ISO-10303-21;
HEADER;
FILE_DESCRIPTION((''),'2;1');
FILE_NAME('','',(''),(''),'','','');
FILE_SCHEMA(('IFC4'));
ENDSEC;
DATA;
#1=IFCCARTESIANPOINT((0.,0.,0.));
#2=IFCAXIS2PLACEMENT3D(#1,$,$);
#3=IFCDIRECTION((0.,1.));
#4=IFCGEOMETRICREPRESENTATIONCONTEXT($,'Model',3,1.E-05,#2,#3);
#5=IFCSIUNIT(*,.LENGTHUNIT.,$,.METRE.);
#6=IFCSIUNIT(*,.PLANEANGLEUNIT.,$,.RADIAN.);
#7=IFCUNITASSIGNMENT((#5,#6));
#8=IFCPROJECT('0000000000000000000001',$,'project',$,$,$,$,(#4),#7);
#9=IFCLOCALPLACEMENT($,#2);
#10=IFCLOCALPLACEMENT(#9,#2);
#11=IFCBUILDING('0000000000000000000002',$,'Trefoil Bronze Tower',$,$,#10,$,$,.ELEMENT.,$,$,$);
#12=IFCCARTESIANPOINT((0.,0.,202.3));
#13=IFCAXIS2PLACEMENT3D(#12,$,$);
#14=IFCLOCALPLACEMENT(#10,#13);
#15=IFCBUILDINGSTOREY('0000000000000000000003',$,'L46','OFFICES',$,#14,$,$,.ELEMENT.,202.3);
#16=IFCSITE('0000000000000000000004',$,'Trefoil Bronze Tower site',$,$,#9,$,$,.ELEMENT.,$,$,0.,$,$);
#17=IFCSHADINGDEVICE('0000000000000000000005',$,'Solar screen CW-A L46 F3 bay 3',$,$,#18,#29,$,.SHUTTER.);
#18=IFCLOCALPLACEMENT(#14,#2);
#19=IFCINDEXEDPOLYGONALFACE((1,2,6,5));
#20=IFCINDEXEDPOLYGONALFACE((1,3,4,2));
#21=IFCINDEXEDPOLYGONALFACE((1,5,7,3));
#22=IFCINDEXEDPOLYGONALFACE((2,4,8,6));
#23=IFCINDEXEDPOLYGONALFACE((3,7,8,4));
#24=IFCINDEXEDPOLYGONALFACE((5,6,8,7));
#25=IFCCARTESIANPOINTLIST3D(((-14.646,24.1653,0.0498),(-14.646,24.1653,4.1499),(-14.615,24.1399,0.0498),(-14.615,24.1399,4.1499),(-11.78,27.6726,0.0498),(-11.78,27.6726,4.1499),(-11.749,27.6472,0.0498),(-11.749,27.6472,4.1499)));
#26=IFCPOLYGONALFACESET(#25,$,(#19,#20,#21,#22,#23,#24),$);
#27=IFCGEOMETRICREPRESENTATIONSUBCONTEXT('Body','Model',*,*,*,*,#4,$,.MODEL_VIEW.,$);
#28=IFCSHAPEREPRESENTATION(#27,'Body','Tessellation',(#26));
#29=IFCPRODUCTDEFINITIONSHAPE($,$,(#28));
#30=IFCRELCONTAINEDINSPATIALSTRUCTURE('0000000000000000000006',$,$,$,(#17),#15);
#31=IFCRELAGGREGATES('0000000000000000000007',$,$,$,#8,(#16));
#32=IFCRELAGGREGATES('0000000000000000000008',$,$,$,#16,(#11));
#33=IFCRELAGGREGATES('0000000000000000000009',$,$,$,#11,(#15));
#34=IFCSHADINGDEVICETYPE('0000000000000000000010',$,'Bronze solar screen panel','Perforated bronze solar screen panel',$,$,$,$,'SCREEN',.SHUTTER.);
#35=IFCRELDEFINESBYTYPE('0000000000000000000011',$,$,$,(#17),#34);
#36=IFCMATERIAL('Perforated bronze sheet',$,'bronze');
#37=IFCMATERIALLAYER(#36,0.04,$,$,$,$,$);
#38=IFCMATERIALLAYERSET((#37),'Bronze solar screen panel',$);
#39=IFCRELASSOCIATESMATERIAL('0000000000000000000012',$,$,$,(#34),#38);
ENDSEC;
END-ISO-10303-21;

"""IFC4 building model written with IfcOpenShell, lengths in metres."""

from ifc_helpers import new_model, si_unit, direction, frame, origin, origin_2d, place, context, subcontext, project, spatial, rectangle, extrude, material, layer, layer_set, type_object, element, save


model = new_model("IFC4")

# Units and contexts
model_context = context("Model", 3, precision=1e-05, world=origin(), true_north=direction((0.0, 1.0)))
body_context = subcontext(model_context, "Body", "Model", "MODEL_VIEW")
ifc_project = project(units=[si_unit("LENGTHUNIT", "METRE"), si_unit("PLANEANGLEUNIT", "RADIAN")], contexts=[model_context])

# Site, building, storey
site_placement = place(None, origin())
site = spatial("IfcSite", under=ifc_project, at=site_placement, Name="Trefoil Bronze Tower site", CompositionType="ELEMENT", RefElevation=0.0)
building_placement = place(site_placement, origin())
building = spatial("IfcBuilding", under=site, at=building_placement, Name="Trefoil Bronze Tower", CompositionType="ELEMENT")
storey_placement = place(building_placement, frame((0.0, 0.0, 202.3)))
storey = spatial("IfcBuildingStorey", under=building, at=storey_placement, Name="L46", Description="OFFICES", CompositionType="ELEMENT", Elevation=202.3)

# Shading device
ifc_material_1 = material(Name="Perforated bronze sheet", Category="bronze")
ifc_layer_1 = layer(ifc_material_1, 0.04)
ifc_layer_set_1 = layer_set([ifc_layer_1], Name="Bronze solar screen panel")
shading_device_type = type_object("IfcShadingDeviceType", Name="Bronze solar screen panel", Description="Perforated bronze solar screen panel", ElementType="SCREEN", PredefinedType="SHUTTER", material=ifc_layer_set_1)
shading_device_1_placement = place(storey_placement, frame((-13.1975, 25.9062, 0.0498), z_axis=(0.0, 0.0, 1.0), x_axis=(-0.632753, -0.774354, 0.0)))
element("IfcShadingDevice", 1, at=shading_device_1_placement, inside=storey, type_object=shading_device_type, Name="Solar screen CW-A L46 F3 bay 3", PredefinedType="SHUTTER", context=body_context, shape_type="SweptSolid", body=[
    extrude(rectangle(XDim=4.5293, YDim=0.04, at=origin_2d()), origin(), (0.0, 0.0, 1.0), 4.1001),
])

save(model, "model.ifc")
